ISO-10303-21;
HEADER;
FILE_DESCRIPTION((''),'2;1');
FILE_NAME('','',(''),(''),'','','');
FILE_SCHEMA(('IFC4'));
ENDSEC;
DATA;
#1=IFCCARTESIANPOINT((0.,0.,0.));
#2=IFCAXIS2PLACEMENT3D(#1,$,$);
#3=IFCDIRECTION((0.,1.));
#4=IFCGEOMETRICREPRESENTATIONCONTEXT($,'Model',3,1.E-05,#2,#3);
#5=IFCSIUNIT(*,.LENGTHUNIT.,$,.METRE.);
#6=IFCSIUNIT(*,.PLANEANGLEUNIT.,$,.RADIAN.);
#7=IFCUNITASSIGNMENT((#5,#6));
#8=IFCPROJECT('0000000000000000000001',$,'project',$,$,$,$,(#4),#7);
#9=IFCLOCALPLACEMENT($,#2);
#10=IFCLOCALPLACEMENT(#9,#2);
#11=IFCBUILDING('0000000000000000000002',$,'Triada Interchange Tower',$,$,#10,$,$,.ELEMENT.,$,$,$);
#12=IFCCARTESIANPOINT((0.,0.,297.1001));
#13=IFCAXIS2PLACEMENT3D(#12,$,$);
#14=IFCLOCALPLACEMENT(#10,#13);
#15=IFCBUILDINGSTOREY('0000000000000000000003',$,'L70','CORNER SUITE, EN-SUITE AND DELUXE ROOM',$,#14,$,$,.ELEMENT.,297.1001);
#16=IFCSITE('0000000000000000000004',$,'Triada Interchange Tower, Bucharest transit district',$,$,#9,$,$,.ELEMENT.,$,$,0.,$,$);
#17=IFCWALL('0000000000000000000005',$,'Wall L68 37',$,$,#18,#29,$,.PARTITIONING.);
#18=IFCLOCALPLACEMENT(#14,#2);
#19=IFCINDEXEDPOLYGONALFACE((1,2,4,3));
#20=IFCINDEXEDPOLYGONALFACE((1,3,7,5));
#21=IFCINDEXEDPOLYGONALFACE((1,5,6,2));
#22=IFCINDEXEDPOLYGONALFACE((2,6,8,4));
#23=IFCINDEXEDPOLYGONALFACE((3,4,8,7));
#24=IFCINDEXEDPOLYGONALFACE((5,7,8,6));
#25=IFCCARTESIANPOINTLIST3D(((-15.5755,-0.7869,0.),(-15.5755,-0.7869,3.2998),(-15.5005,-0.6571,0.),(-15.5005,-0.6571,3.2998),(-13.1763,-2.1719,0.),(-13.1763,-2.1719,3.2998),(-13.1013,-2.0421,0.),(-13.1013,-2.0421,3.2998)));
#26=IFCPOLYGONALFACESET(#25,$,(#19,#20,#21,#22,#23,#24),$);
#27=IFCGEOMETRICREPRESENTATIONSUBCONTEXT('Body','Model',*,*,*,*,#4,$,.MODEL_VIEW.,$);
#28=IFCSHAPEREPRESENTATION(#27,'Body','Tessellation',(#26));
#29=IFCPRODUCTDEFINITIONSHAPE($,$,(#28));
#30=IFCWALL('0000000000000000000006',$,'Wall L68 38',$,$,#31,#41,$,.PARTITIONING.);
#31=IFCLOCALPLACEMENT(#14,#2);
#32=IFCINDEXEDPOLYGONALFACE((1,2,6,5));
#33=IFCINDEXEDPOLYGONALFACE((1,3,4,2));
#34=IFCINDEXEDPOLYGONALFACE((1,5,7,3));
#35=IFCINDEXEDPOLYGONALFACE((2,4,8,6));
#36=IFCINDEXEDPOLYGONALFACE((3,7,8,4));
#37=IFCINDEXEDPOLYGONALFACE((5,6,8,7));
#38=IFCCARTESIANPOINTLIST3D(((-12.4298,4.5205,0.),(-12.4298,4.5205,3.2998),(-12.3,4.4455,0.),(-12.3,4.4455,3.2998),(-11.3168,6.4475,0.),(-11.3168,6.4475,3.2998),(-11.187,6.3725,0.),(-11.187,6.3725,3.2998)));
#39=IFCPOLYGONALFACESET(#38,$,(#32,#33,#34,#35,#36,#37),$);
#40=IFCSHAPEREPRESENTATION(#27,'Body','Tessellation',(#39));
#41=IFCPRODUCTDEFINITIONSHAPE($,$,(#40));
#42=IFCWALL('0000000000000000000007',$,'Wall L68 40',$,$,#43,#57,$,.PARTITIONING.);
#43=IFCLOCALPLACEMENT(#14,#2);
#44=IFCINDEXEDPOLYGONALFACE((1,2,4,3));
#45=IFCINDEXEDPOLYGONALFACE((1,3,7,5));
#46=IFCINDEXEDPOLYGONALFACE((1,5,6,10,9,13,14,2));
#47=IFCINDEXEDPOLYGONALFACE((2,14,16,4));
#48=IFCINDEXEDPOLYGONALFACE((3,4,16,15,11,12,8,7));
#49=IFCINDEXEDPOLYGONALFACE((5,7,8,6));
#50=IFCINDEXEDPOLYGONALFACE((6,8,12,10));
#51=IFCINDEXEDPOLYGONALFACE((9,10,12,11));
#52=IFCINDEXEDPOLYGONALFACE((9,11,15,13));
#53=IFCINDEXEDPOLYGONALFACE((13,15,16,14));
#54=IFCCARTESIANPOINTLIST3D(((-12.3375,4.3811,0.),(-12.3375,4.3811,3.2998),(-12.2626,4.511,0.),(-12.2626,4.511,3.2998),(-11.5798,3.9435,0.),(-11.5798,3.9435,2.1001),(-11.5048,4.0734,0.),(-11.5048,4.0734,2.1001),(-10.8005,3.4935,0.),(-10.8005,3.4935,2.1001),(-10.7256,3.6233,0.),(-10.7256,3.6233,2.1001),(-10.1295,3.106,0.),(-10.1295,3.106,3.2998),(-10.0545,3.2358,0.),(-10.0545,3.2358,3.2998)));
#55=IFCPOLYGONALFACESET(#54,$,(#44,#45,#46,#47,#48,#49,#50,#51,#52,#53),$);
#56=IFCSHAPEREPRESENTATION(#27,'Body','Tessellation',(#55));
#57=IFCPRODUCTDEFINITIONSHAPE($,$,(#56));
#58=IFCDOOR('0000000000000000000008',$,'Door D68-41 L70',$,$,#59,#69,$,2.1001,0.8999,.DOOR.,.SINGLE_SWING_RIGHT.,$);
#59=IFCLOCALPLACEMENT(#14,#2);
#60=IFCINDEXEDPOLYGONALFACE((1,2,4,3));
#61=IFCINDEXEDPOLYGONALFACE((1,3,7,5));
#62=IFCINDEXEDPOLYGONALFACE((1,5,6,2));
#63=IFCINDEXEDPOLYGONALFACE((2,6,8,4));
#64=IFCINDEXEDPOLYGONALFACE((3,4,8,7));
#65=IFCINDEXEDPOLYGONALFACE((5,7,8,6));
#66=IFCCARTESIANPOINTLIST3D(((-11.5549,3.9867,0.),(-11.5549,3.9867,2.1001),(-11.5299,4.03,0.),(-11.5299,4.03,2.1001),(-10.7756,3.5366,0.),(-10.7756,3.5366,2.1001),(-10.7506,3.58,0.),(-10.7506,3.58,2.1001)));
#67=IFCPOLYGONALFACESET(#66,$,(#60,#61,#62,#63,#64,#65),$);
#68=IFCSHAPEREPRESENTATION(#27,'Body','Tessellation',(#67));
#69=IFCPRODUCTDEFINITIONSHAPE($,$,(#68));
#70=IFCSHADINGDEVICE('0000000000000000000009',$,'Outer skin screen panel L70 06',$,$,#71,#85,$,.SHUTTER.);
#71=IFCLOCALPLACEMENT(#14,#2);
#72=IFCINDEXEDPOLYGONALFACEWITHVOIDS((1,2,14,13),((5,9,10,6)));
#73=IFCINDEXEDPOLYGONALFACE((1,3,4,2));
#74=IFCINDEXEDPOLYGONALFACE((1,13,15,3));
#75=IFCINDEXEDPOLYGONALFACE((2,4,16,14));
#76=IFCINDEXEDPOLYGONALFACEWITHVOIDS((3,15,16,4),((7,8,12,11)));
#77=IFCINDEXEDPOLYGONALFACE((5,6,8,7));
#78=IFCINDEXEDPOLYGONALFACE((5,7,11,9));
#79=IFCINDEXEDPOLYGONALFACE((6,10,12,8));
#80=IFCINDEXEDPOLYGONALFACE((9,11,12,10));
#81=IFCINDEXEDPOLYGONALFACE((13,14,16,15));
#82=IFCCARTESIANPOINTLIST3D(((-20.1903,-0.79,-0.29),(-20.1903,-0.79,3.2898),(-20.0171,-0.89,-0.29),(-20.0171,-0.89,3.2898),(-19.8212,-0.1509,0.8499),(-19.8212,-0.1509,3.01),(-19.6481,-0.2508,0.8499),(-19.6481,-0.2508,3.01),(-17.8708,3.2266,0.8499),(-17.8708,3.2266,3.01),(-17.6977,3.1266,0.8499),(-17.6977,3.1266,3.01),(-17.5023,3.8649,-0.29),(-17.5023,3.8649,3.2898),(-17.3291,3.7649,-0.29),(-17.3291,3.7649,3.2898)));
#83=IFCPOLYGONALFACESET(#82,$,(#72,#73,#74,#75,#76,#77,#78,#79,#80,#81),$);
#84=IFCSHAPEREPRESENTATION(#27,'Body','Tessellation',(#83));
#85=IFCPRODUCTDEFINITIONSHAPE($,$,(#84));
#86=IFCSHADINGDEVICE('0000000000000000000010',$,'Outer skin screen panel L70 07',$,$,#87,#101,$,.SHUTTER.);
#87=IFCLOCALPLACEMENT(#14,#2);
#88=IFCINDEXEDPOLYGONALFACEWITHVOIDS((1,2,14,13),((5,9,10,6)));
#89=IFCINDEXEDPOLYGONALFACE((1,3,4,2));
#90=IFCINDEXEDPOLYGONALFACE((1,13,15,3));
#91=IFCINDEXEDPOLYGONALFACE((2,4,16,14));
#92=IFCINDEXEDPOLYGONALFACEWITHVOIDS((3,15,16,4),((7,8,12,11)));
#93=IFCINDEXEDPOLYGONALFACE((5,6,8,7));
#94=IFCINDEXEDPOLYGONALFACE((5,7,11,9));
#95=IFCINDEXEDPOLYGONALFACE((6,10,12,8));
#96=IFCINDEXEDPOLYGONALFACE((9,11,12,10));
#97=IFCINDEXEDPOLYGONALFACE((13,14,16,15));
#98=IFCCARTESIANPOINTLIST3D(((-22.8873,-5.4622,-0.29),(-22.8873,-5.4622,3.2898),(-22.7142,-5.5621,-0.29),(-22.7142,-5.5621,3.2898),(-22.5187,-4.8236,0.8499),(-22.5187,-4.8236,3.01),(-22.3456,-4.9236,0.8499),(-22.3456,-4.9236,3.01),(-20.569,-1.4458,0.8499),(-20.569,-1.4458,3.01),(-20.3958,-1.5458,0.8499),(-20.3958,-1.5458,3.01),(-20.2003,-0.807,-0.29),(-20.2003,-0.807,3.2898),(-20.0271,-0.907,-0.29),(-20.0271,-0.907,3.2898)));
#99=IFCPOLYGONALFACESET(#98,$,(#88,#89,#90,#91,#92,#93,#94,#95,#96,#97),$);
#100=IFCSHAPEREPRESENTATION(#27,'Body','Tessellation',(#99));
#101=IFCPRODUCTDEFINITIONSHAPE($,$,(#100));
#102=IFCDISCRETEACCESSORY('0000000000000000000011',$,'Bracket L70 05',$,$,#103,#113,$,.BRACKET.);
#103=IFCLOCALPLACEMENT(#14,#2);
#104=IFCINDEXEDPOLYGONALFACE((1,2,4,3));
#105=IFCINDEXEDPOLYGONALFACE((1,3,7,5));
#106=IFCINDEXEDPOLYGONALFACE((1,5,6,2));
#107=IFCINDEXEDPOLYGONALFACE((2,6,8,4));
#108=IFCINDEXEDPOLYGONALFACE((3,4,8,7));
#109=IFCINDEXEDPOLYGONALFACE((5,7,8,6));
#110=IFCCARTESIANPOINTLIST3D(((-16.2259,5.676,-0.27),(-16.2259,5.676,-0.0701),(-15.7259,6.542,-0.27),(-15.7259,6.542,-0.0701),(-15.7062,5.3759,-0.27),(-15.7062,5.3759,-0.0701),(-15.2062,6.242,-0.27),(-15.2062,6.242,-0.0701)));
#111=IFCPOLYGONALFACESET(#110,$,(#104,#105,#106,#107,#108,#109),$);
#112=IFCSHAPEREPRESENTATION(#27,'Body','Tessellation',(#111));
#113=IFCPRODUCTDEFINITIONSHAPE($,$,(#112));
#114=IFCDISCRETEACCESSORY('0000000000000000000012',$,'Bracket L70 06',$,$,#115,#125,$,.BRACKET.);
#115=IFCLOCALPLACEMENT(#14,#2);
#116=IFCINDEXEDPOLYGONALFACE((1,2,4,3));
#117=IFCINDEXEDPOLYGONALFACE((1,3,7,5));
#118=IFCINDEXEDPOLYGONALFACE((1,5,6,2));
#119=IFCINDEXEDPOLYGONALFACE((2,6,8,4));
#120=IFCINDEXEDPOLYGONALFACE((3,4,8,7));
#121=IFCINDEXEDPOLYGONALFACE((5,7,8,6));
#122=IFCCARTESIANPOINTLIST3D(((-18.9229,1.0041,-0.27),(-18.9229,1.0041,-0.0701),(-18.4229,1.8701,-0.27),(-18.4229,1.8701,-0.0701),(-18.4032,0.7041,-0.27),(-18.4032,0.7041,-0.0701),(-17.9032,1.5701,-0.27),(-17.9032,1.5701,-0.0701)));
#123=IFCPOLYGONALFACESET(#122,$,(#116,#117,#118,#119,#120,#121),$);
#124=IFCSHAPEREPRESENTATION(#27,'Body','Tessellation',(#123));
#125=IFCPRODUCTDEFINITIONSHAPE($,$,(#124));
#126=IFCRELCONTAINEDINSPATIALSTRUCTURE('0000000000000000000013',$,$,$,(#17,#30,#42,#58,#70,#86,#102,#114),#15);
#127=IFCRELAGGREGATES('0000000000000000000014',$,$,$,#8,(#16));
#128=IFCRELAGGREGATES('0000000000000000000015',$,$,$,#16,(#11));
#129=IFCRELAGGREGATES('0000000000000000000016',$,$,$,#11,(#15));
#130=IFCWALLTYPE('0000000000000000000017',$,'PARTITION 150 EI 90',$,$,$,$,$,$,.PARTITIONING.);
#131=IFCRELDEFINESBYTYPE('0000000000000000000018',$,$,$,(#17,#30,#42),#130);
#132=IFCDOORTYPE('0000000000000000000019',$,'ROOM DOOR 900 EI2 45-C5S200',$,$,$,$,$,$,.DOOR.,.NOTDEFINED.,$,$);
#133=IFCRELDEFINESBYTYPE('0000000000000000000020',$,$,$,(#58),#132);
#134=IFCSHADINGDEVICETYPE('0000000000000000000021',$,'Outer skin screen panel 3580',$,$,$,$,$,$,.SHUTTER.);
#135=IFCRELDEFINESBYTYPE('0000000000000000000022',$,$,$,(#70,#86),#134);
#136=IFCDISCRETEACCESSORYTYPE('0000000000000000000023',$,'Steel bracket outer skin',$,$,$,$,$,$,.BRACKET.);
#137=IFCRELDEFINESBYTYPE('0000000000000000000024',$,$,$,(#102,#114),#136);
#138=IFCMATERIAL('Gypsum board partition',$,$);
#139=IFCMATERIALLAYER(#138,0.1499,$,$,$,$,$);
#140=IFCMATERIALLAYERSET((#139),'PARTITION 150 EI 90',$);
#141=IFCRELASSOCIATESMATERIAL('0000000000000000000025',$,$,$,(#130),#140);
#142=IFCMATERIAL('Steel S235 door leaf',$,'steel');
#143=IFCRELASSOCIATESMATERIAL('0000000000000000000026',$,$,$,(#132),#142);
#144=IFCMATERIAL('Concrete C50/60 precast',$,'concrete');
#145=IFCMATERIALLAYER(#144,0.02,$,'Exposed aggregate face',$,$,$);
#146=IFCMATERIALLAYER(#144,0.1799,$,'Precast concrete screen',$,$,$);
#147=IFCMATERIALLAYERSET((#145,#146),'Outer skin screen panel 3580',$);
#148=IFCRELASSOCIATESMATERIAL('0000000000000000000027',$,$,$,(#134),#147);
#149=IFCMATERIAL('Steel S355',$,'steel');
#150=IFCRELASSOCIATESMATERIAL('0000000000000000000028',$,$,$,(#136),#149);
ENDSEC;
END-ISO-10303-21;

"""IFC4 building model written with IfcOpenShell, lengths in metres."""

from ifc_helpers import new_model, si_unit, direction, frame, frame_2d, origin, origin_2d, place, context, subcontext, project, spatial, polyline, rectangle, outline, extrude, material, layer, layer_set, type_object, element, fill, save


model = new_model("IFC4")

# Units and contexts
model_context = context("Model", 3, precision=1e-05, world=origin(), true_north=direction((0.0, 1.0)))
body_context = subcontext(model_context, "Body", "Model", "MODEL_VIEW")
ifc_project = project(units=[si_unit("LENGTHUNIT", "METRE"), si_unit("PLANEANGLEUNIT", "RADIAN")], contexts=[model_context])

# Site, building, storey
site_placement = place(None, origin())
site = spatial("IfcSite", under=ifc_project, at=site_placement, Name="Triada Interchange Tower, Bucharest transit district", CompositionType="ELEMENT", RefElevation=0.0)
building_placement = place(site_placement, origin())
building = spatial("IfcBuilding", under=site, at=building_placement, Name="Triada Interchange Tower", CompositionType="ELEMENT")
storey_placement = place(building_placement, frame((0.0, 0.0, 297.1001)))
storey = spatial("IfcBuildingStorey", under=building, at=storey_placement, Name="L70", Description="CORNER SUITE, EN-SUITE AND DELUXE ROOM", CompositionType="ELEMENT", Elevation=297.1001)

# Shared definitions
ifc_material_1 = material(Name="Gypsum board partition")

# Shared definitions
ifc_layer_1 = layer(ifc_material_1, 0.1499)
ifc_layer_set_1 = layer_set([ifc_layer_1], Name="PARTITION 150 EI 90")
wall_type_1 = type_object("IfcWallType", Name="PARTITION 150 EI 90", PredefinedType="PARTITIONING", material=ifc_layer_set_1)
ifc_material_2 = material(Name="Steel S235 door leaf", Category="steel")
door_type = type_object("IfcDoorType", Name="ROOM DOOR 900 EI2 45-C5S200", OperationType="NOTDEFINED", PredefinedType="DOOR", material=ifc_material_2)

# Walls
wall_1_placement = place(storey_placement, frame((-15.5381, -0.7219, 0.0), z_axis=(0.0, 0.0, 1.0), x_axis=(0.866049, -0.499959, 0.0)))
element("IfcWall", 1, at=wall_1_placement, inside=storey, type_object=wall_type_1, Name="Wall L68 37", PredefinedType="PARTITIONING", context=body_context, shape_type="SweptSolid", body=[
    extrude(rectangle(XDim=2.7703, YDim=0.1499, at=frame_2d((1.3853, 0.0))), origin(), (0.0, 0.0, 1.0), 3.2998),
])
wall_2_placement = place(storey_placement, frame((-12.365, 4.4829, 0.0), z_axis=(0.0, 0.0, 1.0), x_axis=(0.500162, 0.865932, 0.0)))
element("IfcWall", 2, at=wall_2_placement, inside=storey, type_object=wall_type_1, Name="Wall L68 38", PredefinedType="PARTITIONING", context=body_context, shape_type="SweptSolid", body=[
    extrude(rectangle(XDim=2.2253, YDim=0.1499, at=frame_2d((1.1128, 0.0))), origin(), (0.0, 0.0, 1.0), 3.2998),
])

# Wall, opening, door
wall_3_placement = place(storey_placement, frame((-12.3, 4.446, 0.0), z_axis=(0.0, 0.0, 1.0), x_axis=(0.865966, -0.500104, 0.0)))
wall_3 = element("IfcWall", 3, at=wall_3_placement, inside=storey, type_object=wall_type_1, Name="Wall L68 40", PredefinedType="PARTITIONING", context=body_context, shape_type="SweptSolid", body=[
    extrude(rectangle(XDim=2.5498, YDim=0.1499, at=frame_2d((1.2749, 0.0))), origin(), (0.0, 0.0, 1.0), 3.2998),
])
opening_1_placement = place(wall_3_placement, frame((0.875, 0.0, 0.0)))
opening_1 = element("IfcOpeningElement", 4, at=opening_1_placement, cuts=wall_3, PredefinedType="OPENING", context=body_context, shape_type="SweptSolid", body=[
    extrude(rectangle(XDim=0.8999, YDim=2.1001, at=frame_2d((0.45, 1.05))), frame((0.0, 0.085, 0.0), z_axis=(0.0, -1.0, 0.0), x_axis=(1.0, 0.0, 0.0)), (0.0, 0.0, 1.0), 0.1699),
])
door_1_placement = place(opening_1_placement, origin())
door_1 = element("IfcDoor", 5, at=door_1_placement, inside=storey, type_object=door_type, Name="Door D68-41 L70", OperationType="SINGLE_SWING_RIGHT", OverallHeight=2.1001, OverallWidth=0.8999, PredefinedType="DOOR", context=body_context, shape_type="SweptSolid", body=[
    extrude(rectangle(XDim=0.8999, YDim=2.1001, at=frame_2d((0.45, 1.05))), frame((0.0, 0.0249, 0.0), z_axis=(0.0, -1.0, 0.0), x_axis=(1.0, 0.0, 0.0)), (0.0, 0.0, 1.0), 0.05),
])
fill(opening_1, door_1)

# Shading devices
ifc_material_3 = material(Name="Concrete C50/60 precast", Category="concrete")
ifc_layer_2 = layer(ifc_material_3, 0.02, Name="Exposed aggregate face")
ifc_layer_3 = layer(ifc_material_3, 0.1799, Name="Precast concrete screen")
ifc_layer_set_2 = layer_set([ifc_layer_2, ifc_layer_3], Name="Outer skin screen panel 3580")
shading_device_type = type_object("IfcShadingDeviceType", Name="Outer skin screen panel 3580", PredefinedType="SHUTTER", material=ifc_layer_set_2)
shading_device_1_placement = place(storey_placement, frame((-17.3291, 3.7649, -0.29), z_axis=(0.0, 0.0, 1.0), x_axis=(-0.500076, -0.865981, 0.0)))
element("IfcShadingDevice", 6, at=shading_device_1_placement, inside=storey, type_object=shading_device_type, Name="Outer skin screen panel L70 06", PredefinedType="SHUTTER", context=body_context, shape_type="SweptSolid", body=[
    extrude(outline(polyline([(0.0, 0.0), (5.3752, 0.0), (5.3752, 3.5798), (0.0, 3.5798), (0.0, 0.0)]), holes=[polyline([(0.7371, 1.1399), (0.7371, 3.3), (4.6372, 3.3), (4.6372, 1.1399), (0.7371, 1.1399)])]), frame((0.0, 0.0, 0.0), z_axis=(0.0, -1.0, 0.0), x_axis=(1.0, 0.0, 0.0)), (0.0, 0.0, 1.0), 0.2),
])
shading_device_2_placement = place(storey_placement, frame((-20.0271, -0.907, -0.29), z_axis=(0.0, 0.0, 1.0), x_axis=(-0.49992, -0.866071, 0.0)))
element("IfcShadingDevice", 7, at=shading_device_2_placement, inside=storey, type_object=shading_device_type, Name="Outer skin screen panel L70 07", PredefinedType="SHUTTER", context=body_context, shape_type="SweptSolid", body=[
    extrude(outline(polyline([(0.0, 0.0), (5.375, 0.0), (5.375, 3.5798), (0.0, 3.5798), (0.0, 0.0)]), holes=[polyline([(0.7375, 1.1399), (0.7375, 3.3), (4.6377, 3.3), (4.6377, 1.1399), (0.7375, 1.1399)])]), frame((0.0, 0.0, 0.0), z_axis=(0.0, -1.0, 0.0), x_axis=(1.0, 0.0, 0.0)), (0.0, 0.0, 1.0), 0.2),
])

# Discrete accessories
ifc_material_4 = material(Name="Steel S355", Category="steel")
discrete_accessory_type = type_object("IfcDiscreteAccessoryType", Name="Steel bracket outer skin", PredefinedType="BRACKET", material=ifc_material_4)
for number, where, z_axis, x_axis, name in (
    (8, (-15.7161, 5.959, -0.27), (0.0, 0.0, 1.0), (-0.866023, 0.500004, 0.0), "Bracket L70 05"),
    (9, (-18.4131, 1.2871, -0.27), (0.0, 0.0, 1.0), (-0.866023, 0.500004, 0.0), "Bracket L70 06"),
):
    element("IfcDiscreteAccessory", number, at=place(storey_placement, frame(where, z_axis=z_axis, x_axis=x_axis)), inside=storey, type_object=discrete_accessory_type, Name=name, PredefinedType="BRACKET", context=body_context, shape_type="SweptSolid", body=[
        extrude(rectangle(XDim=0.6001, YDim=1.0, at=origin_2d()), origin(), (0.0, 0.0, 1.0), 0.2),
    ])

save(model, "model.ifc")
